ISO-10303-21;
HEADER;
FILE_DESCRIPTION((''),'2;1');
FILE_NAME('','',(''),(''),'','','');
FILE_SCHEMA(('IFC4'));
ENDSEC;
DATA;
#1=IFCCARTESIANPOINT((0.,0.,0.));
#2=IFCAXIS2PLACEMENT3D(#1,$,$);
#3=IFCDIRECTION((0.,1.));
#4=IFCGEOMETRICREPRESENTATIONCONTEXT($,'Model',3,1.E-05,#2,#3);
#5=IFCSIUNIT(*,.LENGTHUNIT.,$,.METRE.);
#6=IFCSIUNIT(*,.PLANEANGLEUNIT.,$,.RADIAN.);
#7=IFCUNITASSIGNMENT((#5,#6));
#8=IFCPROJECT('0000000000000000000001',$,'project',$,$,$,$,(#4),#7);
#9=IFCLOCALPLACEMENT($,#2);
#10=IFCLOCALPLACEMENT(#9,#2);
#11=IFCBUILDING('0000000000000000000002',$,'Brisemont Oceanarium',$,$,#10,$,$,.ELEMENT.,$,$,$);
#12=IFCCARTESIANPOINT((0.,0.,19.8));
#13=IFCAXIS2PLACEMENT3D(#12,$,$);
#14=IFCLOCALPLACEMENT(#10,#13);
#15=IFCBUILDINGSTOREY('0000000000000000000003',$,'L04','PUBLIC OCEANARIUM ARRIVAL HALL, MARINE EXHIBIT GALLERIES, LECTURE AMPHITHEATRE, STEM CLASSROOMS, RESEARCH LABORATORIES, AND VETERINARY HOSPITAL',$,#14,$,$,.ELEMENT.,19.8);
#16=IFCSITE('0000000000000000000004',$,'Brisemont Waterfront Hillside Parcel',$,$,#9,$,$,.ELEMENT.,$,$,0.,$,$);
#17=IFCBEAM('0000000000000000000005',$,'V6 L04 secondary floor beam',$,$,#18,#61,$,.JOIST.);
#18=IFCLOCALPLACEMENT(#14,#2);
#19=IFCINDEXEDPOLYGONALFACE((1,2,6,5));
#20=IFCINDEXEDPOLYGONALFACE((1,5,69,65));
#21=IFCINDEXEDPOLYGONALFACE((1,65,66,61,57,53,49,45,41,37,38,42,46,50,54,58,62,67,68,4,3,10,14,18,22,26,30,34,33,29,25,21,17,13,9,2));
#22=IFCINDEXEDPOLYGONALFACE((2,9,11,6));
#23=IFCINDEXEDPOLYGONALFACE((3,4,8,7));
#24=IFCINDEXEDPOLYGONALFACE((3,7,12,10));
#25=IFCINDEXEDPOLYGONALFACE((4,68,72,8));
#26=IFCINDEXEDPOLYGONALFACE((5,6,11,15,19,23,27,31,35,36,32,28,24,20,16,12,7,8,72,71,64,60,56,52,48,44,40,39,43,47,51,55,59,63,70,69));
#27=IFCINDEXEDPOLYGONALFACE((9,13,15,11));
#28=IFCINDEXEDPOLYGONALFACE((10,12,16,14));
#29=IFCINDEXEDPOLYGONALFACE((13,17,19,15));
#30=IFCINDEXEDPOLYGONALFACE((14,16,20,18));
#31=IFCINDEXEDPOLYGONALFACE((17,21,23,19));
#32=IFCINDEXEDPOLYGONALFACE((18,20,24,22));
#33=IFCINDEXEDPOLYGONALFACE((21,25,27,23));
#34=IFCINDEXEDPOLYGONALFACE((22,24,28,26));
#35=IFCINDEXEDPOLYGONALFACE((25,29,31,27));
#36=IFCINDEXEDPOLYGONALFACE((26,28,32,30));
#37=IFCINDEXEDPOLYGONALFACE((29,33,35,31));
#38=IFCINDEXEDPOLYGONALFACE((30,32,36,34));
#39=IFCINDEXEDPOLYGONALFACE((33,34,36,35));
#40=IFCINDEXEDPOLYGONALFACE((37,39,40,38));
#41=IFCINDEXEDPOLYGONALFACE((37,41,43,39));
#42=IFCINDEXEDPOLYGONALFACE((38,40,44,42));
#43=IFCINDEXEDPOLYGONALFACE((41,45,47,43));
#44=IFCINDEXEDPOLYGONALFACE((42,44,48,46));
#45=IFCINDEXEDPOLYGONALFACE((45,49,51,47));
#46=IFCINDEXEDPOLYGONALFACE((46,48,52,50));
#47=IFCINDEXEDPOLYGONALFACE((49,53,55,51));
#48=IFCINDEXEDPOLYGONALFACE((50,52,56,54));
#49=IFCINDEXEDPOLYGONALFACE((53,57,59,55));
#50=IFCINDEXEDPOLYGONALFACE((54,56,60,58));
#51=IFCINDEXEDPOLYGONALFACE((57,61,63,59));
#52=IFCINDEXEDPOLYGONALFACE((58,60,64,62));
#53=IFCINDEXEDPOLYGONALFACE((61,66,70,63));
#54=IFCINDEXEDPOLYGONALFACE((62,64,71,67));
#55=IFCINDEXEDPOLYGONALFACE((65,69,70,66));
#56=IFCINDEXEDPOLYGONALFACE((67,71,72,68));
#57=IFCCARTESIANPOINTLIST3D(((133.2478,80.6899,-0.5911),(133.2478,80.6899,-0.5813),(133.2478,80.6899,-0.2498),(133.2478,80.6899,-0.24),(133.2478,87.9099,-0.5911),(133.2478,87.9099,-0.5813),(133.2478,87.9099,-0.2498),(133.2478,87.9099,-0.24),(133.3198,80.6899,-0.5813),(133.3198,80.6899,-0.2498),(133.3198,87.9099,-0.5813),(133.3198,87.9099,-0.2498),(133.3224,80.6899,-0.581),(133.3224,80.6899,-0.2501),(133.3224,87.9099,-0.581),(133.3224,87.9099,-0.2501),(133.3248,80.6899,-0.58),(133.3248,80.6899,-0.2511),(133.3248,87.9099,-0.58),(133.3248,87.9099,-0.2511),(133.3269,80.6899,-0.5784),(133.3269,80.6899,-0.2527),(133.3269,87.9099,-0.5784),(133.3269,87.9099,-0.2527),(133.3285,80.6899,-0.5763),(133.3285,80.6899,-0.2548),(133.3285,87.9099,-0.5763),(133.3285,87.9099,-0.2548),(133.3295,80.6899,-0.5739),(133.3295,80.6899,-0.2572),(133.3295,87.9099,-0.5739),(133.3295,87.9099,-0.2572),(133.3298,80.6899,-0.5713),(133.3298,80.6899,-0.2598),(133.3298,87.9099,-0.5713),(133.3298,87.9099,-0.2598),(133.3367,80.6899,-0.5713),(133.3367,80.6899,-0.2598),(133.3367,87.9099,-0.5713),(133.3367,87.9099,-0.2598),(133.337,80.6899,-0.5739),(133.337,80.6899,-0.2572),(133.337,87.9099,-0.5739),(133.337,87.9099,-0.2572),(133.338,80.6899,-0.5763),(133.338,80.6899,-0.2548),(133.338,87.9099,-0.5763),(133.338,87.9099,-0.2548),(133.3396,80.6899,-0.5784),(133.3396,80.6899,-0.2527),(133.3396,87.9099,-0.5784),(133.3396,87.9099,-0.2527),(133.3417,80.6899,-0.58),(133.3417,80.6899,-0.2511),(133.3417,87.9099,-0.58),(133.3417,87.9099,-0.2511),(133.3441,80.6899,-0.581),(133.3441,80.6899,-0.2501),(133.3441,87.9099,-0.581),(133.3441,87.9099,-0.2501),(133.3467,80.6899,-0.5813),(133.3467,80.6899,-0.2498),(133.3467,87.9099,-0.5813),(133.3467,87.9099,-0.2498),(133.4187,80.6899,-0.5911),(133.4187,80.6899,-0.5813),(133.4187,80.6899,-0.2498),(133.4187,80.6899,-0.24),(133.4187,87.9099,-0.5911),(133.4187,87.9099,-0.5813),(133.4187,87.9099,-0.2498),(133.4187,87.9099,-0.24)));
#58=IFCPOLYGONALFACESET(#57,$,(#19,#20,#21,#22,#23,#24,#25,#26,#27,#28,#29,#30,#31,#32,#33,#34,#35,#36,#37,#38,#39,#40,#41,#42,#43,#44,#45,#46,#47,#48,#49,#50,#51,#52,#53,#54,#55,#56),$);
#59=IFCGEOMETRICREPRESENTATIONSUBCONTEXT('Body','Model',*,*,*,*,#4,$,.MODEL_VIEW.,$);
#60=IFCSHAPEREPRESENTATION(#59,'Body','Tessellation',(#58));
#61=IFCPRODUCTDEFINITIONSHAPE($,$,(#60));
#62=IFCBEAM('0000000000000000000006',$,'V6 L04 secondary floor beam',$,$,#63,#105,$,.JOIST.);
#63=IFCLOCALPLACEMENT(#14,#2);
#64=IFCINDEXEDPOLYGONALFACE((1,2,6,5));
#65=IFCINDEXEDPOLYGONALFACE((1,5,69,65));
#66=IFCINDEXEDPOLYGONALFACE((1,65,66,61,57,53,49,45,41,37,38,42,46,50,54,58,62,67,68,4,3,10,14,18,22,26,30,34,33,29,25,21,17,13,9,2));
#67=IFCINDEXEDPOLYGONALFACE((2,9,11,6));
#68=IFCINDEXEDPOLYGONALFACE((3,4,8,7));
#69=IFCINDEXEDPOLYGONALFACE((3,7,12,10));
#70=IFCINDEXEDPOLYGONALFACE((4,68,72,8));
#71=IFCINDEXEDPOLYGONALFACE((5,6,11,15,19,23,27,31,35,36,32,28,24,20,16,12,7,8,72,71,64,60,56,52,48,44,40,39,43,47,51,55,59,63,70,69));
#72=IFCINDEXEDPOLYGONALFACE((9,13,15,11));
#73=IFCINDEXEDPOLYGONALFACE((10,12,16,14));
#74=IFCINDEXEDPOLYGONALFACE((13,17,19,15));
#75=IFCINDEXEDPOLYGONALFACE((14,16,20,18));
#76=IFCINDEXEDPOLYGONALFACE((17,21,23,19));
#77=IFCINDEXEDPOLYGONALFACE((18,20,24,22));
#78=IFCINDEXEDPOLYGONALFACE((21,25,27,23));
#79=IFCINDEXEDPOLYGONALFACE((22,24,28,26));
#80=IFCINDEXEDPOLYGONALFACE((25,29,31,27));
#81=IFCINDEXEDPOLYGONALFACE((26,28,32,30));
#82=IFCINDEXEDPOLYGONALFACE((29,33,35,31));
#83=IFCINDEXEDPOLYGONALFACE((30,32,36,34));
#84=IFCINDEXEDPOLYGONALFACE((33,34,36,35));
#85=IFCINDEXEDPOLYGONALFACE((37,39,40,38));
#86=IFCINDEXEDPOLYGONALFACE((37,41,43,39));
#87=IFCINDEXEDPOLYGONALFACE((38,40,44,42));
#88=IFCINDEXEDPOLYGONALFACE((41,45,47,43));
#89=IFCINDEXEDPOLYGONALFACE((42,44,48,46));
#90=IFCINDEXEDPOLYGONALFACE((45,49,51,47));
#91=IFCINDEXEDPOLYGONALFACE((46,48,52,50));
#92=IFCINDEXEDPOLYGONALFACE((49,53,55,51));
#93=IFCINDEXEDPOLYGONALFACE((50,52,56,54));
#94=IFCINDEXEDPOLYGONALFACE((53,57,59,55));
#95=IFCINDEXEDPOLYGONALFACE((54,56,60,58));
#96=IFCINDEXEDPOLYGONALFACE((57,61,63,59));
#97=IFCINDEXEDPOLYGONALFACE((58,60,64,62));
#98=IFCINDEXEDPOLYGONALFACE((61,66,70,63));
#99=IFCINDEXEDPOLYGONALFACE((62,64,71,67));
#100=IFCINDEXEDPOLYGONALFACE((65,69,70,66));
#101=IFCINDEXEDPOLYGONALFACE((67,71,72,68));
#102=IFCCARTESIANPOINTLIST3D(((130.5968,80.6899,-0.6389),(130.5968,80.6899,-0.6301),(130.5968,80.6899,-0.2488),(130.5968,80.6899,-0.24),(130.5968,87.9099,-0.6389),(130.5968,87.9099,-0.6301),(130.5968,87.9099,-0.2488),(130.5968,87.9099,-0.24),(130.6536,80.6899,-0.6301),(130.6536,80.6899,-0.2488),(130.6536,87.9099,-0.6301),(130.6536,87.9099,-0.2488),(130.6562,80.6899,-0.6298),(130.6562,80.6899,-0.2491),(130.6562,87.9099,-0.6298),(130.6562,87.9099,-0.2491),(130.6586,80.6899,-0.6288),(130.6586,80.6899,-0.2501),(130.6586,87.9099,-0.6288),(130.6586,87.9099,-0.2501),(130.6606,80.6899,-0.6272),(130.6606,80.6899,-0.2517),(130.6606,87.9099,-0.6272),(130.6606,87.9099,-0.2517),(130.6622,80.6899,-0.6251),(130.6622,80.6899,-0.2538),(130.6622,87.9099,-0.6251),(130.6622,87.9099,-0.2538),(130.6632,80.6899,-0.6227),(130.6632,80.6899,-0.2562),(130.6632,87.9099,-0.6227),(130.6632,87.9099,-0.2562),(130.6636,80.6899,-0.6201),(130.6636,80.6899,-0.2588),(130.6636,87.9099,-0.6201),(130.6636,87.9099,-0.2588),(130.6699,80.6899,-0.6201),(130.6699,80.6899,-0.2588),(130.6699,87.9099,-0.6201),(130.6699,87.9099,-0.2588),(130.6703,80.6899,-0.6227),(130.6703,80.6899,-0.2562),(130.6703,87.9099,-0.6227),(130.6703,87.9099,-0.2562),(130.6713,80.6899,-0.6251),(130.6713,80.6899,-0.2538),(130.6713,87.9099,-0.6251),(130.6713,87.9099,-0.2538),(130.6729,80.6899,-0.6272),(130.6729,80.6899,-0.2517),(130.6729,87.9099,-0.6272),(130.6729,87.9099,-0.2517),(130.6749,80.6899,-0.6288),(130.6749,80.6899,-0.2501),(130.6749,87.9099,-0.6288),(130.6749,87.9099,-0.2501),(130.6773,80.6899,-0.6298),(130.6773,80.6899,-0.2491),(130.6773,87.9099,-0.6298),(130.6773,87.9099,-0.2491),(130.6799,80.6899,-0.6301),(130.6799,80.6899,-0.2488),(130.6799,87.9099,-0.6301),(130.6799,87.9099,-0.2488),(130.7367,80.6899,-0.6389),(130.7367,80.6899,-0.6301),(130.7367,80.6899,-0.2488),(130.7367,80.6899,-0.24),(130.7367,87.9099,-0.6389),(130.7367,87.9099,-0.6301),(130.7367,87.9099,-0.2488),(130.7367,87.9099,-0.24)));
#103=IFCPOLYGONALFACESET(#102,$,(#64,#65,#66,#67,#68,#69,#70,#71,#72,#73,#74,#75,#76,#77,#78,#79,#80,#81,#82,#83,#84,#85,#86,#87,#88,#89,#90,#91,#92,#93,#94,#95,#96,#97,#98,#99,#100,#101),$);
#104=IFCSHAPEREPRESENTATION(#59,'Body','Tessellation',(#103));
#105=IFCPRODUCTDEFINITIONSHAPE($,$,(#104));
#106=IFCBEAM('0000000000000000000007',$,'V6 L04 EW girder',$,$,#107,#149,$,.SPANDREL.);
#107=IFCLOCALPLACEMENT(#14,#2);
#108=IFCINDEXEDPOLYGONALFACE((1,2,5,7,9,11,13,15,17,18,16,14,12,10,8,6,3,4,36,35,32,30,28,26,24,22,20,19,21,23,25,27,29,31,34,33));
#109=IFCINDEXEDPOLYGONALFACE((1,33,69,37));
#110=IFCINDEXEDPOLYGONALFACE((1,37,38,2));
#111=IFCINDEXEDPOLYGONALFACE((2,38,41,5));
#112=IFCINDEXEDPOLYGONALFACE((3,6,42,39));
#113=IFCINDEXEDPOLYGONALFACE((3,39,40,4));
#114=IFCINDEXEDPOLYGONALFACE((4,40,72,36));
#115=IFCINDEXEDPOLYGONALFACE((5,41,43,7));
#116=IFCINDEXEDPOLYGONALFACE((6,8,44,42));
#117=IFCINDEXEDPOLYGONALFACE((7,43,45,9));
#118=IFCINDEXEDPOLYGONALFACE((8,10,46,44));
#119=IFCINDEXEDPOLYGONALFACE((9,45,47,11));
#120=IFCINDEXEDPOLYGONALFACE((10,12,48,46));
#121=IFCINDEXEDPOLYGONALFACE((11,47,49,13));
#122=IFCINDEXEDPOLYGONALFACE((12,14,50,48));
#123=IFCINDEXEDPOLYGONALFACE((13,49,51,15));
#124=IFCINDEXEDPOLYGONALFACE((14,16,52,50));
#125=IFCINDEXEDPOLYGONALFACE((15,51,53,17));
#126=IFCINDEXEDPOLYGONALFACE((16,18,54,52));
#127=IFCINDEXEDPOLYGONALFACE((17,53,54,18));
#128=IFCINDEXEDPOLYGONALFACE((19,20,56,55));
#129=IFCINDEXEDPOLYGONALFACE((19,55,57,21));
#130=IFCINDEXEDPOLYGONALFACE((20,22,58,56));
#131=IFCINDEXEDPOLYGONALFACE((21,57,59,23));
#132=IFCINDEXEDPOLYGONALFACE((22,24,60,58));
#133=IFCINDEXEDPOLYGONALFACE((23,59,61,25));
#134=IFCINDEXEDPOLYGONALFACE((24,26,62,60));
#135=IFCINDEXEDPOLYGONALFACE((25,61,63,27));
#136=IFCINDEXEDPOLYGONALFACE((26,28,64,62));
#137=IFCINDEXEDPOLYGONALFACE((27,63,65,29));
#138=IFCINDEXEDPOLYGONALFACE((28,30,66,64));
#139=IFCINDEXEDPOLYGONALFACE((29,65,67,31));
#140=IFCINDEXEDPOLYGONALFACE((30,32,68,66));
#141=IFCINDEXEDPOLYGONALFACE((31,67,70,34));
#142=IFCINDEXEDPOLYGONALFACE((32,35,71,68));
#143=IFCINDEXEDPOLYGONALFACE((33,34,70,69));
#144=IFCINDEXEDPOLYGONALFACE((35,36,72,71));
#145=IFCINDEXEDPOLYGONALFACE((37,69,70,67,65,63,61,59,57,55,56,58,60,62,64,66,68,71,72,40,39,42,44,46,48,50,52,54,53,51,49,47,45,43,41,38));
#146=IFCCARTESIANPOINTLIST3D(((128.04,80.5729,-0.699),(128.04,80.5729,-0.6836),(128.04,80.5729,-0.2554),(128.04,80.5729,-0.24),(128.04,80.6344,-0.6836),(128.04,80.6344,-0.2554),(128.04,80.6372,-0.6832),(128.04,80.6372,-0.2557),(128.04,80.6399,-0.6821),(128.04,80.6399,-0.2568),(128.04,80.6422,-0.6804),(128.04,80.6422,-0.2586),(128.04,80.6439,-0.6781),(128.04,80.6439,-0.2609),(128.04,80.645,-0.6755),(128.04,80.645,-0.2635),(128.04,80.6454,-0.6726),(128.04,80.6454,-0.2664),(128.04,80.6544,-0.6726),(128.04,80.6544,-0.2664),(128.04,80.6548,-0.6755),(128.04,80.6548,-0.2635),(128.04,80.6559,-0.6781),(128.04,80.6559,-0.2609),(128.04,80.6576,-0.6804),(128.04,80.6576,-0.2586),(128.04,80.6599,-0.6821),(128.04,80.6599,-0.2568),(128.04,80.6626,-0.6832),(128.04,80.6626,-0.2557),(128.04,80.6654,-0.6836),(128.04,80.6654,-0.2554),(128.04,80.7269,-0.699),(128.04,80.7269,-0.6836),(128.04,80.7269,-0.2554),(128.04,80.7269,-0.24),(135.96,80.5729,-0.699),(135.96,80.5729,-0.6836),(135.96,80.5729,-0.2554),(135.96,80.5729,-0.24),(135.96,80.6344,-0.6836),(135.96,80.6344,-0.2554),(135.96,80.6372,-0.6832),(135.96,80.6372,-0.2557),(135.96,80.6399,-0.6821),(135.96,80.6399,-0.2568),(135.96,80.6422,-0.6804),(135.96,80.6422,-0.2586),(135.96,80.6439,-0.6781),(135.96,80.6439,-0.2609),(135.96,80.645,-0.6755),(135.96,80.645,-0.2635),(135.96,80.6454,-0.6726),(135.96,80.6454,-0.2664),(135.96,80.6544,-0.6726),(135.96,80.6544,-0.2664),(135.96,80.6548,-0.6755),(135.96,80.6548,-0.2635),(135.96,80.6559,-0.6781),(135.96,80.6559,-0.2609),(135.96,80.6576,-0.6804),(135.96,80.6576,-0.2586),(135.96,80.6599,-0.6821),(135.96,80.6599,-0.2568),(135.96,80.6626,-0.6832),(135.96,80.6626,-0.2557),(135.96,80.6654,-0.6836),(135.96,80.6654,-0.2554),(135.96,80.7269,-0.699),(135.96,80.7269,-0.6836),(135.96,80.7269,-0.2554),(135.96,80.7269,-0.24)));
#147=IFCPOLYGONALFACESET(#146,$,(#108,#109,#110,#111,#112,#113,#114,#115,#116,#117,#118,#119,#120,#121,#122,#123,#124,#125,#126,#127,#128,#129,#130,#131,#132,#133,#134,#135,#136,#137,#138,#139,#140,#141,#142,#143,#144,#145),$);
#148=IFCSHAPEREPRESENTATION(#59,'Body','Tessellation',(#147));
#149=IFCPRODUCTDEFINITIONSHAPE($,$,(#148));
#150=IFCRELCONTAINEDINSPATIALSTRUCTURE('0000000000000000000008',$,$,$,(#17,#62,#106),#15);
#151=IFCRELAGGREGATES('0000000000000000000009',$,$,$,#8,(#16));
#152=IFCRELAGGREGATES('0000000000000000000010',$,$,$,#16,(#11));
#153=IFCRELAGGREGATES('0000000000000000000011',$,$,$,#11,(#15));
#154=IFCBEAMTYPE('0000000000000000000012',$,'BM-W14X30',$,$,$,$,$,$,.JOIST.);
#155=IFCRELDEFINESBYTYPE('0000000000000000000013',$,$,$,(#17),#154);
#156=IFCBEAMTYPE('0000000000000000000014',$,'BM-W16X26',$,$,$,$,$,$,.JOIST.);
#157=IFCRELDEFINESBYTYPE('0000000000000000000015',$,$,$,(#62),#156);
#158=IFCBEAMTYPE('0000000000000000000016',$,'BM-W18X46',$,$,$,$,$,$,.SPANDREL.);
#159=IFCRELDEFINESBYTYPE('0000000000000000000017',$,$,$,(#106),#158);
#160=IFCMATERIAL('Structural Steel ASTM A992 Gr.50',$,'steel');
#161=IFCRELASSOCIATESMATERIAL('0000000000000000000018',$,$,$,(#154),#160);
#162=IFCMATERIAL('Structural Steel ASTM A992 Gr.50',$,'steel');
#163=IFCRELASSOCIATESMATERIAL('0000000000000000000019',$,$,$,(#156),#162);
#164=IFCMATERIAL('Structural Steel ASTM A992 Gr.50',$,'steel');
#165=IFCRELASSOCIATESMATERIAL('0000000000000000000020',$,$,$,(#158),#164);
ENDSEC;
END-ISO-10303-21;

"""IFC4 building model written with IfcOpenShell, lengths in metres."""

from ifc_helpers import new_model, si_unit, direction, frame, origin, origin_2d, place, context, subcontext, project, spatial, i_section, extrude, material, material_profile, profile_set, type_object, element, save


model = new_model("IFC4")

# Units and contexts
model_context = context("Model", 3, precision=1e-05, world=origin(), true_north=direction((0.0, 1.0)))
body_context = subcontext(model_context, "Body", "Model", "MODEL_VIEW")
ifc_project = project(units=[si_unit("LENGTHUNIT", "METRE"), si_unit("PLANEANGLEUNIT", "RADIAN")], contexts=[model_context])

# Site, building, storey
site_placement = place(None, origin())
site = spatial("IfcSite", under=ifc_project, at=site_placement, Name="Brisemont Waterfront Hillside Parcel", CompositionType="ELEMENT", RefElevation=0.0)
building_placement = place(site_placement, origin())
building = spatial("IfcBuilding", under=site, at=building_placement, Name="Brisemont Oceanarium", CompositionType="ELEMENT")
storey_placement = place(building_placement, frame((0.0, 0.0, 19.8)))
storey = spatial("IfcBuildingStorey", under=building, at=storey_placement, Name="L04", Description="PUBLIC OCEANARIUM ARRIVAL HALL, MARINE EXHIBIT GALLERIES, LECTURE AMPHITHEATRE, STEM CLASSROOMS, RESEARCH LABORATORIES, AND VETERINARY HOSPITAL", CompositionType="ELEMENT", Elevation=19.8)

# Beams
ifc_material_1 = material(Name="Structural Steel ASTM A992 Gr.50", Category="steel")
ifc_material_profile_1 = material_profile(ifc_material_1, i_section(OverallWidth=0.1709, OverallDepth=0.3511, WebThickness=0.0068, FlangeThickness=0.0098, FilletRadius=0.01, at=origin_2d()), Name="W14X30")
ifc_profile_set_1 = profile_set([ifc_material_profile_1], Name="Structural Steel ASTM A992 Gr.50")
beam_type_1 = type_object("IfcBeamType", Name="BM-W14X30", PredefinedType="JOIST", material=ifc_profile_set_1)
beam_1_placement = place(storey_placement, frame((133.3333, 80.6899, -0.4155), z_axis=(0.0, 1.0, 0.0), x_axis=(-1.0, 0.0, 0.0)))
element("IfcBeam", 1, at=beam_1_placement, inside=storey, type_object=beam_type_1, Name="V6 L04 secondary floor beam", PredefinedType="JOIST", context=body_context, shape_type="SweptSolid", body=[
    extrude(i_section(OverallWidth=0.1709, OverallDepth=0.3511, WebThickness=0.0068, FlangeThickness=0.0098, FilletRadius=0.01, at=origin_2d()), origin(), (0.0, 0.0, 1.0), 7.22),
])
ifc_material_2 = material(Name="Structural Steel ASTM A992 Gr.50", Category="steel")
ifc_material_profile_2 = material_profile(ifc_material_2, i_section(OverallWidth=0.1399, OverallDepth=0.3989, WebThickness=0.0063, FlangeThickness=0.0088, FilletRadius=0.01, at=origin_2d()), Name="W16X26")
ifc_profile_set_2 = profile_set([ifc_material_profile_2], Name="Structural Steel ASTM A992 Gr.50")
beam_type_2 = type_object("IfcBeamType", Name="BM-W16X26", PredefinedType="JOIST", material=ifc_profile_set_2)
beam_2_placement = place(storey_placement, frame((130.6667, 80.6899, -0.4395), z_axis=(0.0, 1.0, 0.0), x_axis=(-1.0, 0.0, 0.0)))
element("IfcBeam", 2, at=beam_2_placement, inside=storey, type_object=beam_type_2, Name="V6 L04 secondary floor beam", PredefinedType="JOIST", context=body_context, shape_type="SweptSolid", body=[
    extrude(i_section(OverallWidth=0.1399, OverallDepth=0.3989, WebThickness=0.0063, FlangeThickness=0.0088, FilletRadius=0.01, at=origin_2d()), origin(), (0.0, 0.0, 1.0), 7.22),
])
ifc_material_3 = material(Name="Structural Steel ASTM A992 Gr.50", Category="steel")
ifc_material_profile_3 = material_profile(ifc_material_3, i_section(OverallWidth=0.1541, OverallDepth=0.459, WebThickness=0.009, FlangeThickness=0.0154, FilletRadius=0.011, at=origin_2d()), Name="W18X46")
ifc_profile_set_3 = profile_set([ifc_material_profile_3], Name="Structural Steel ASTM A992 Gr.50")
beam_type_3 = type_object("IfcBeamType", Name="BM-W18X46", PredefinedType="SPANDREL", material=ifc_profile_set_3)
beam_3_placement = place(storey_placement, frame((128.04, 80.6499, -0.4695), z_axis=(1.0, 0.0, 0.0), x_axis=(0.0, 1.0, 0.0)))
element("IfcBeam", 3, at=beam_3_placement, inside=storey, type_object=beam_type_3, Name="V6 L04 EW girder", PredefinedType="SPANDREL", context=body_context, shape_type="SweptSolid", body=[
    extrude(i_section(OverallWidth=0.1541, OverallDepth=0.459, WebThickness=0.009, FlangeThickness=0.0154, FilletRadius=0.011, at=origin_2d()), origin(), (0.0, 0.0, 1.0), 7.9199),
])

save(model, "model.ifc")
